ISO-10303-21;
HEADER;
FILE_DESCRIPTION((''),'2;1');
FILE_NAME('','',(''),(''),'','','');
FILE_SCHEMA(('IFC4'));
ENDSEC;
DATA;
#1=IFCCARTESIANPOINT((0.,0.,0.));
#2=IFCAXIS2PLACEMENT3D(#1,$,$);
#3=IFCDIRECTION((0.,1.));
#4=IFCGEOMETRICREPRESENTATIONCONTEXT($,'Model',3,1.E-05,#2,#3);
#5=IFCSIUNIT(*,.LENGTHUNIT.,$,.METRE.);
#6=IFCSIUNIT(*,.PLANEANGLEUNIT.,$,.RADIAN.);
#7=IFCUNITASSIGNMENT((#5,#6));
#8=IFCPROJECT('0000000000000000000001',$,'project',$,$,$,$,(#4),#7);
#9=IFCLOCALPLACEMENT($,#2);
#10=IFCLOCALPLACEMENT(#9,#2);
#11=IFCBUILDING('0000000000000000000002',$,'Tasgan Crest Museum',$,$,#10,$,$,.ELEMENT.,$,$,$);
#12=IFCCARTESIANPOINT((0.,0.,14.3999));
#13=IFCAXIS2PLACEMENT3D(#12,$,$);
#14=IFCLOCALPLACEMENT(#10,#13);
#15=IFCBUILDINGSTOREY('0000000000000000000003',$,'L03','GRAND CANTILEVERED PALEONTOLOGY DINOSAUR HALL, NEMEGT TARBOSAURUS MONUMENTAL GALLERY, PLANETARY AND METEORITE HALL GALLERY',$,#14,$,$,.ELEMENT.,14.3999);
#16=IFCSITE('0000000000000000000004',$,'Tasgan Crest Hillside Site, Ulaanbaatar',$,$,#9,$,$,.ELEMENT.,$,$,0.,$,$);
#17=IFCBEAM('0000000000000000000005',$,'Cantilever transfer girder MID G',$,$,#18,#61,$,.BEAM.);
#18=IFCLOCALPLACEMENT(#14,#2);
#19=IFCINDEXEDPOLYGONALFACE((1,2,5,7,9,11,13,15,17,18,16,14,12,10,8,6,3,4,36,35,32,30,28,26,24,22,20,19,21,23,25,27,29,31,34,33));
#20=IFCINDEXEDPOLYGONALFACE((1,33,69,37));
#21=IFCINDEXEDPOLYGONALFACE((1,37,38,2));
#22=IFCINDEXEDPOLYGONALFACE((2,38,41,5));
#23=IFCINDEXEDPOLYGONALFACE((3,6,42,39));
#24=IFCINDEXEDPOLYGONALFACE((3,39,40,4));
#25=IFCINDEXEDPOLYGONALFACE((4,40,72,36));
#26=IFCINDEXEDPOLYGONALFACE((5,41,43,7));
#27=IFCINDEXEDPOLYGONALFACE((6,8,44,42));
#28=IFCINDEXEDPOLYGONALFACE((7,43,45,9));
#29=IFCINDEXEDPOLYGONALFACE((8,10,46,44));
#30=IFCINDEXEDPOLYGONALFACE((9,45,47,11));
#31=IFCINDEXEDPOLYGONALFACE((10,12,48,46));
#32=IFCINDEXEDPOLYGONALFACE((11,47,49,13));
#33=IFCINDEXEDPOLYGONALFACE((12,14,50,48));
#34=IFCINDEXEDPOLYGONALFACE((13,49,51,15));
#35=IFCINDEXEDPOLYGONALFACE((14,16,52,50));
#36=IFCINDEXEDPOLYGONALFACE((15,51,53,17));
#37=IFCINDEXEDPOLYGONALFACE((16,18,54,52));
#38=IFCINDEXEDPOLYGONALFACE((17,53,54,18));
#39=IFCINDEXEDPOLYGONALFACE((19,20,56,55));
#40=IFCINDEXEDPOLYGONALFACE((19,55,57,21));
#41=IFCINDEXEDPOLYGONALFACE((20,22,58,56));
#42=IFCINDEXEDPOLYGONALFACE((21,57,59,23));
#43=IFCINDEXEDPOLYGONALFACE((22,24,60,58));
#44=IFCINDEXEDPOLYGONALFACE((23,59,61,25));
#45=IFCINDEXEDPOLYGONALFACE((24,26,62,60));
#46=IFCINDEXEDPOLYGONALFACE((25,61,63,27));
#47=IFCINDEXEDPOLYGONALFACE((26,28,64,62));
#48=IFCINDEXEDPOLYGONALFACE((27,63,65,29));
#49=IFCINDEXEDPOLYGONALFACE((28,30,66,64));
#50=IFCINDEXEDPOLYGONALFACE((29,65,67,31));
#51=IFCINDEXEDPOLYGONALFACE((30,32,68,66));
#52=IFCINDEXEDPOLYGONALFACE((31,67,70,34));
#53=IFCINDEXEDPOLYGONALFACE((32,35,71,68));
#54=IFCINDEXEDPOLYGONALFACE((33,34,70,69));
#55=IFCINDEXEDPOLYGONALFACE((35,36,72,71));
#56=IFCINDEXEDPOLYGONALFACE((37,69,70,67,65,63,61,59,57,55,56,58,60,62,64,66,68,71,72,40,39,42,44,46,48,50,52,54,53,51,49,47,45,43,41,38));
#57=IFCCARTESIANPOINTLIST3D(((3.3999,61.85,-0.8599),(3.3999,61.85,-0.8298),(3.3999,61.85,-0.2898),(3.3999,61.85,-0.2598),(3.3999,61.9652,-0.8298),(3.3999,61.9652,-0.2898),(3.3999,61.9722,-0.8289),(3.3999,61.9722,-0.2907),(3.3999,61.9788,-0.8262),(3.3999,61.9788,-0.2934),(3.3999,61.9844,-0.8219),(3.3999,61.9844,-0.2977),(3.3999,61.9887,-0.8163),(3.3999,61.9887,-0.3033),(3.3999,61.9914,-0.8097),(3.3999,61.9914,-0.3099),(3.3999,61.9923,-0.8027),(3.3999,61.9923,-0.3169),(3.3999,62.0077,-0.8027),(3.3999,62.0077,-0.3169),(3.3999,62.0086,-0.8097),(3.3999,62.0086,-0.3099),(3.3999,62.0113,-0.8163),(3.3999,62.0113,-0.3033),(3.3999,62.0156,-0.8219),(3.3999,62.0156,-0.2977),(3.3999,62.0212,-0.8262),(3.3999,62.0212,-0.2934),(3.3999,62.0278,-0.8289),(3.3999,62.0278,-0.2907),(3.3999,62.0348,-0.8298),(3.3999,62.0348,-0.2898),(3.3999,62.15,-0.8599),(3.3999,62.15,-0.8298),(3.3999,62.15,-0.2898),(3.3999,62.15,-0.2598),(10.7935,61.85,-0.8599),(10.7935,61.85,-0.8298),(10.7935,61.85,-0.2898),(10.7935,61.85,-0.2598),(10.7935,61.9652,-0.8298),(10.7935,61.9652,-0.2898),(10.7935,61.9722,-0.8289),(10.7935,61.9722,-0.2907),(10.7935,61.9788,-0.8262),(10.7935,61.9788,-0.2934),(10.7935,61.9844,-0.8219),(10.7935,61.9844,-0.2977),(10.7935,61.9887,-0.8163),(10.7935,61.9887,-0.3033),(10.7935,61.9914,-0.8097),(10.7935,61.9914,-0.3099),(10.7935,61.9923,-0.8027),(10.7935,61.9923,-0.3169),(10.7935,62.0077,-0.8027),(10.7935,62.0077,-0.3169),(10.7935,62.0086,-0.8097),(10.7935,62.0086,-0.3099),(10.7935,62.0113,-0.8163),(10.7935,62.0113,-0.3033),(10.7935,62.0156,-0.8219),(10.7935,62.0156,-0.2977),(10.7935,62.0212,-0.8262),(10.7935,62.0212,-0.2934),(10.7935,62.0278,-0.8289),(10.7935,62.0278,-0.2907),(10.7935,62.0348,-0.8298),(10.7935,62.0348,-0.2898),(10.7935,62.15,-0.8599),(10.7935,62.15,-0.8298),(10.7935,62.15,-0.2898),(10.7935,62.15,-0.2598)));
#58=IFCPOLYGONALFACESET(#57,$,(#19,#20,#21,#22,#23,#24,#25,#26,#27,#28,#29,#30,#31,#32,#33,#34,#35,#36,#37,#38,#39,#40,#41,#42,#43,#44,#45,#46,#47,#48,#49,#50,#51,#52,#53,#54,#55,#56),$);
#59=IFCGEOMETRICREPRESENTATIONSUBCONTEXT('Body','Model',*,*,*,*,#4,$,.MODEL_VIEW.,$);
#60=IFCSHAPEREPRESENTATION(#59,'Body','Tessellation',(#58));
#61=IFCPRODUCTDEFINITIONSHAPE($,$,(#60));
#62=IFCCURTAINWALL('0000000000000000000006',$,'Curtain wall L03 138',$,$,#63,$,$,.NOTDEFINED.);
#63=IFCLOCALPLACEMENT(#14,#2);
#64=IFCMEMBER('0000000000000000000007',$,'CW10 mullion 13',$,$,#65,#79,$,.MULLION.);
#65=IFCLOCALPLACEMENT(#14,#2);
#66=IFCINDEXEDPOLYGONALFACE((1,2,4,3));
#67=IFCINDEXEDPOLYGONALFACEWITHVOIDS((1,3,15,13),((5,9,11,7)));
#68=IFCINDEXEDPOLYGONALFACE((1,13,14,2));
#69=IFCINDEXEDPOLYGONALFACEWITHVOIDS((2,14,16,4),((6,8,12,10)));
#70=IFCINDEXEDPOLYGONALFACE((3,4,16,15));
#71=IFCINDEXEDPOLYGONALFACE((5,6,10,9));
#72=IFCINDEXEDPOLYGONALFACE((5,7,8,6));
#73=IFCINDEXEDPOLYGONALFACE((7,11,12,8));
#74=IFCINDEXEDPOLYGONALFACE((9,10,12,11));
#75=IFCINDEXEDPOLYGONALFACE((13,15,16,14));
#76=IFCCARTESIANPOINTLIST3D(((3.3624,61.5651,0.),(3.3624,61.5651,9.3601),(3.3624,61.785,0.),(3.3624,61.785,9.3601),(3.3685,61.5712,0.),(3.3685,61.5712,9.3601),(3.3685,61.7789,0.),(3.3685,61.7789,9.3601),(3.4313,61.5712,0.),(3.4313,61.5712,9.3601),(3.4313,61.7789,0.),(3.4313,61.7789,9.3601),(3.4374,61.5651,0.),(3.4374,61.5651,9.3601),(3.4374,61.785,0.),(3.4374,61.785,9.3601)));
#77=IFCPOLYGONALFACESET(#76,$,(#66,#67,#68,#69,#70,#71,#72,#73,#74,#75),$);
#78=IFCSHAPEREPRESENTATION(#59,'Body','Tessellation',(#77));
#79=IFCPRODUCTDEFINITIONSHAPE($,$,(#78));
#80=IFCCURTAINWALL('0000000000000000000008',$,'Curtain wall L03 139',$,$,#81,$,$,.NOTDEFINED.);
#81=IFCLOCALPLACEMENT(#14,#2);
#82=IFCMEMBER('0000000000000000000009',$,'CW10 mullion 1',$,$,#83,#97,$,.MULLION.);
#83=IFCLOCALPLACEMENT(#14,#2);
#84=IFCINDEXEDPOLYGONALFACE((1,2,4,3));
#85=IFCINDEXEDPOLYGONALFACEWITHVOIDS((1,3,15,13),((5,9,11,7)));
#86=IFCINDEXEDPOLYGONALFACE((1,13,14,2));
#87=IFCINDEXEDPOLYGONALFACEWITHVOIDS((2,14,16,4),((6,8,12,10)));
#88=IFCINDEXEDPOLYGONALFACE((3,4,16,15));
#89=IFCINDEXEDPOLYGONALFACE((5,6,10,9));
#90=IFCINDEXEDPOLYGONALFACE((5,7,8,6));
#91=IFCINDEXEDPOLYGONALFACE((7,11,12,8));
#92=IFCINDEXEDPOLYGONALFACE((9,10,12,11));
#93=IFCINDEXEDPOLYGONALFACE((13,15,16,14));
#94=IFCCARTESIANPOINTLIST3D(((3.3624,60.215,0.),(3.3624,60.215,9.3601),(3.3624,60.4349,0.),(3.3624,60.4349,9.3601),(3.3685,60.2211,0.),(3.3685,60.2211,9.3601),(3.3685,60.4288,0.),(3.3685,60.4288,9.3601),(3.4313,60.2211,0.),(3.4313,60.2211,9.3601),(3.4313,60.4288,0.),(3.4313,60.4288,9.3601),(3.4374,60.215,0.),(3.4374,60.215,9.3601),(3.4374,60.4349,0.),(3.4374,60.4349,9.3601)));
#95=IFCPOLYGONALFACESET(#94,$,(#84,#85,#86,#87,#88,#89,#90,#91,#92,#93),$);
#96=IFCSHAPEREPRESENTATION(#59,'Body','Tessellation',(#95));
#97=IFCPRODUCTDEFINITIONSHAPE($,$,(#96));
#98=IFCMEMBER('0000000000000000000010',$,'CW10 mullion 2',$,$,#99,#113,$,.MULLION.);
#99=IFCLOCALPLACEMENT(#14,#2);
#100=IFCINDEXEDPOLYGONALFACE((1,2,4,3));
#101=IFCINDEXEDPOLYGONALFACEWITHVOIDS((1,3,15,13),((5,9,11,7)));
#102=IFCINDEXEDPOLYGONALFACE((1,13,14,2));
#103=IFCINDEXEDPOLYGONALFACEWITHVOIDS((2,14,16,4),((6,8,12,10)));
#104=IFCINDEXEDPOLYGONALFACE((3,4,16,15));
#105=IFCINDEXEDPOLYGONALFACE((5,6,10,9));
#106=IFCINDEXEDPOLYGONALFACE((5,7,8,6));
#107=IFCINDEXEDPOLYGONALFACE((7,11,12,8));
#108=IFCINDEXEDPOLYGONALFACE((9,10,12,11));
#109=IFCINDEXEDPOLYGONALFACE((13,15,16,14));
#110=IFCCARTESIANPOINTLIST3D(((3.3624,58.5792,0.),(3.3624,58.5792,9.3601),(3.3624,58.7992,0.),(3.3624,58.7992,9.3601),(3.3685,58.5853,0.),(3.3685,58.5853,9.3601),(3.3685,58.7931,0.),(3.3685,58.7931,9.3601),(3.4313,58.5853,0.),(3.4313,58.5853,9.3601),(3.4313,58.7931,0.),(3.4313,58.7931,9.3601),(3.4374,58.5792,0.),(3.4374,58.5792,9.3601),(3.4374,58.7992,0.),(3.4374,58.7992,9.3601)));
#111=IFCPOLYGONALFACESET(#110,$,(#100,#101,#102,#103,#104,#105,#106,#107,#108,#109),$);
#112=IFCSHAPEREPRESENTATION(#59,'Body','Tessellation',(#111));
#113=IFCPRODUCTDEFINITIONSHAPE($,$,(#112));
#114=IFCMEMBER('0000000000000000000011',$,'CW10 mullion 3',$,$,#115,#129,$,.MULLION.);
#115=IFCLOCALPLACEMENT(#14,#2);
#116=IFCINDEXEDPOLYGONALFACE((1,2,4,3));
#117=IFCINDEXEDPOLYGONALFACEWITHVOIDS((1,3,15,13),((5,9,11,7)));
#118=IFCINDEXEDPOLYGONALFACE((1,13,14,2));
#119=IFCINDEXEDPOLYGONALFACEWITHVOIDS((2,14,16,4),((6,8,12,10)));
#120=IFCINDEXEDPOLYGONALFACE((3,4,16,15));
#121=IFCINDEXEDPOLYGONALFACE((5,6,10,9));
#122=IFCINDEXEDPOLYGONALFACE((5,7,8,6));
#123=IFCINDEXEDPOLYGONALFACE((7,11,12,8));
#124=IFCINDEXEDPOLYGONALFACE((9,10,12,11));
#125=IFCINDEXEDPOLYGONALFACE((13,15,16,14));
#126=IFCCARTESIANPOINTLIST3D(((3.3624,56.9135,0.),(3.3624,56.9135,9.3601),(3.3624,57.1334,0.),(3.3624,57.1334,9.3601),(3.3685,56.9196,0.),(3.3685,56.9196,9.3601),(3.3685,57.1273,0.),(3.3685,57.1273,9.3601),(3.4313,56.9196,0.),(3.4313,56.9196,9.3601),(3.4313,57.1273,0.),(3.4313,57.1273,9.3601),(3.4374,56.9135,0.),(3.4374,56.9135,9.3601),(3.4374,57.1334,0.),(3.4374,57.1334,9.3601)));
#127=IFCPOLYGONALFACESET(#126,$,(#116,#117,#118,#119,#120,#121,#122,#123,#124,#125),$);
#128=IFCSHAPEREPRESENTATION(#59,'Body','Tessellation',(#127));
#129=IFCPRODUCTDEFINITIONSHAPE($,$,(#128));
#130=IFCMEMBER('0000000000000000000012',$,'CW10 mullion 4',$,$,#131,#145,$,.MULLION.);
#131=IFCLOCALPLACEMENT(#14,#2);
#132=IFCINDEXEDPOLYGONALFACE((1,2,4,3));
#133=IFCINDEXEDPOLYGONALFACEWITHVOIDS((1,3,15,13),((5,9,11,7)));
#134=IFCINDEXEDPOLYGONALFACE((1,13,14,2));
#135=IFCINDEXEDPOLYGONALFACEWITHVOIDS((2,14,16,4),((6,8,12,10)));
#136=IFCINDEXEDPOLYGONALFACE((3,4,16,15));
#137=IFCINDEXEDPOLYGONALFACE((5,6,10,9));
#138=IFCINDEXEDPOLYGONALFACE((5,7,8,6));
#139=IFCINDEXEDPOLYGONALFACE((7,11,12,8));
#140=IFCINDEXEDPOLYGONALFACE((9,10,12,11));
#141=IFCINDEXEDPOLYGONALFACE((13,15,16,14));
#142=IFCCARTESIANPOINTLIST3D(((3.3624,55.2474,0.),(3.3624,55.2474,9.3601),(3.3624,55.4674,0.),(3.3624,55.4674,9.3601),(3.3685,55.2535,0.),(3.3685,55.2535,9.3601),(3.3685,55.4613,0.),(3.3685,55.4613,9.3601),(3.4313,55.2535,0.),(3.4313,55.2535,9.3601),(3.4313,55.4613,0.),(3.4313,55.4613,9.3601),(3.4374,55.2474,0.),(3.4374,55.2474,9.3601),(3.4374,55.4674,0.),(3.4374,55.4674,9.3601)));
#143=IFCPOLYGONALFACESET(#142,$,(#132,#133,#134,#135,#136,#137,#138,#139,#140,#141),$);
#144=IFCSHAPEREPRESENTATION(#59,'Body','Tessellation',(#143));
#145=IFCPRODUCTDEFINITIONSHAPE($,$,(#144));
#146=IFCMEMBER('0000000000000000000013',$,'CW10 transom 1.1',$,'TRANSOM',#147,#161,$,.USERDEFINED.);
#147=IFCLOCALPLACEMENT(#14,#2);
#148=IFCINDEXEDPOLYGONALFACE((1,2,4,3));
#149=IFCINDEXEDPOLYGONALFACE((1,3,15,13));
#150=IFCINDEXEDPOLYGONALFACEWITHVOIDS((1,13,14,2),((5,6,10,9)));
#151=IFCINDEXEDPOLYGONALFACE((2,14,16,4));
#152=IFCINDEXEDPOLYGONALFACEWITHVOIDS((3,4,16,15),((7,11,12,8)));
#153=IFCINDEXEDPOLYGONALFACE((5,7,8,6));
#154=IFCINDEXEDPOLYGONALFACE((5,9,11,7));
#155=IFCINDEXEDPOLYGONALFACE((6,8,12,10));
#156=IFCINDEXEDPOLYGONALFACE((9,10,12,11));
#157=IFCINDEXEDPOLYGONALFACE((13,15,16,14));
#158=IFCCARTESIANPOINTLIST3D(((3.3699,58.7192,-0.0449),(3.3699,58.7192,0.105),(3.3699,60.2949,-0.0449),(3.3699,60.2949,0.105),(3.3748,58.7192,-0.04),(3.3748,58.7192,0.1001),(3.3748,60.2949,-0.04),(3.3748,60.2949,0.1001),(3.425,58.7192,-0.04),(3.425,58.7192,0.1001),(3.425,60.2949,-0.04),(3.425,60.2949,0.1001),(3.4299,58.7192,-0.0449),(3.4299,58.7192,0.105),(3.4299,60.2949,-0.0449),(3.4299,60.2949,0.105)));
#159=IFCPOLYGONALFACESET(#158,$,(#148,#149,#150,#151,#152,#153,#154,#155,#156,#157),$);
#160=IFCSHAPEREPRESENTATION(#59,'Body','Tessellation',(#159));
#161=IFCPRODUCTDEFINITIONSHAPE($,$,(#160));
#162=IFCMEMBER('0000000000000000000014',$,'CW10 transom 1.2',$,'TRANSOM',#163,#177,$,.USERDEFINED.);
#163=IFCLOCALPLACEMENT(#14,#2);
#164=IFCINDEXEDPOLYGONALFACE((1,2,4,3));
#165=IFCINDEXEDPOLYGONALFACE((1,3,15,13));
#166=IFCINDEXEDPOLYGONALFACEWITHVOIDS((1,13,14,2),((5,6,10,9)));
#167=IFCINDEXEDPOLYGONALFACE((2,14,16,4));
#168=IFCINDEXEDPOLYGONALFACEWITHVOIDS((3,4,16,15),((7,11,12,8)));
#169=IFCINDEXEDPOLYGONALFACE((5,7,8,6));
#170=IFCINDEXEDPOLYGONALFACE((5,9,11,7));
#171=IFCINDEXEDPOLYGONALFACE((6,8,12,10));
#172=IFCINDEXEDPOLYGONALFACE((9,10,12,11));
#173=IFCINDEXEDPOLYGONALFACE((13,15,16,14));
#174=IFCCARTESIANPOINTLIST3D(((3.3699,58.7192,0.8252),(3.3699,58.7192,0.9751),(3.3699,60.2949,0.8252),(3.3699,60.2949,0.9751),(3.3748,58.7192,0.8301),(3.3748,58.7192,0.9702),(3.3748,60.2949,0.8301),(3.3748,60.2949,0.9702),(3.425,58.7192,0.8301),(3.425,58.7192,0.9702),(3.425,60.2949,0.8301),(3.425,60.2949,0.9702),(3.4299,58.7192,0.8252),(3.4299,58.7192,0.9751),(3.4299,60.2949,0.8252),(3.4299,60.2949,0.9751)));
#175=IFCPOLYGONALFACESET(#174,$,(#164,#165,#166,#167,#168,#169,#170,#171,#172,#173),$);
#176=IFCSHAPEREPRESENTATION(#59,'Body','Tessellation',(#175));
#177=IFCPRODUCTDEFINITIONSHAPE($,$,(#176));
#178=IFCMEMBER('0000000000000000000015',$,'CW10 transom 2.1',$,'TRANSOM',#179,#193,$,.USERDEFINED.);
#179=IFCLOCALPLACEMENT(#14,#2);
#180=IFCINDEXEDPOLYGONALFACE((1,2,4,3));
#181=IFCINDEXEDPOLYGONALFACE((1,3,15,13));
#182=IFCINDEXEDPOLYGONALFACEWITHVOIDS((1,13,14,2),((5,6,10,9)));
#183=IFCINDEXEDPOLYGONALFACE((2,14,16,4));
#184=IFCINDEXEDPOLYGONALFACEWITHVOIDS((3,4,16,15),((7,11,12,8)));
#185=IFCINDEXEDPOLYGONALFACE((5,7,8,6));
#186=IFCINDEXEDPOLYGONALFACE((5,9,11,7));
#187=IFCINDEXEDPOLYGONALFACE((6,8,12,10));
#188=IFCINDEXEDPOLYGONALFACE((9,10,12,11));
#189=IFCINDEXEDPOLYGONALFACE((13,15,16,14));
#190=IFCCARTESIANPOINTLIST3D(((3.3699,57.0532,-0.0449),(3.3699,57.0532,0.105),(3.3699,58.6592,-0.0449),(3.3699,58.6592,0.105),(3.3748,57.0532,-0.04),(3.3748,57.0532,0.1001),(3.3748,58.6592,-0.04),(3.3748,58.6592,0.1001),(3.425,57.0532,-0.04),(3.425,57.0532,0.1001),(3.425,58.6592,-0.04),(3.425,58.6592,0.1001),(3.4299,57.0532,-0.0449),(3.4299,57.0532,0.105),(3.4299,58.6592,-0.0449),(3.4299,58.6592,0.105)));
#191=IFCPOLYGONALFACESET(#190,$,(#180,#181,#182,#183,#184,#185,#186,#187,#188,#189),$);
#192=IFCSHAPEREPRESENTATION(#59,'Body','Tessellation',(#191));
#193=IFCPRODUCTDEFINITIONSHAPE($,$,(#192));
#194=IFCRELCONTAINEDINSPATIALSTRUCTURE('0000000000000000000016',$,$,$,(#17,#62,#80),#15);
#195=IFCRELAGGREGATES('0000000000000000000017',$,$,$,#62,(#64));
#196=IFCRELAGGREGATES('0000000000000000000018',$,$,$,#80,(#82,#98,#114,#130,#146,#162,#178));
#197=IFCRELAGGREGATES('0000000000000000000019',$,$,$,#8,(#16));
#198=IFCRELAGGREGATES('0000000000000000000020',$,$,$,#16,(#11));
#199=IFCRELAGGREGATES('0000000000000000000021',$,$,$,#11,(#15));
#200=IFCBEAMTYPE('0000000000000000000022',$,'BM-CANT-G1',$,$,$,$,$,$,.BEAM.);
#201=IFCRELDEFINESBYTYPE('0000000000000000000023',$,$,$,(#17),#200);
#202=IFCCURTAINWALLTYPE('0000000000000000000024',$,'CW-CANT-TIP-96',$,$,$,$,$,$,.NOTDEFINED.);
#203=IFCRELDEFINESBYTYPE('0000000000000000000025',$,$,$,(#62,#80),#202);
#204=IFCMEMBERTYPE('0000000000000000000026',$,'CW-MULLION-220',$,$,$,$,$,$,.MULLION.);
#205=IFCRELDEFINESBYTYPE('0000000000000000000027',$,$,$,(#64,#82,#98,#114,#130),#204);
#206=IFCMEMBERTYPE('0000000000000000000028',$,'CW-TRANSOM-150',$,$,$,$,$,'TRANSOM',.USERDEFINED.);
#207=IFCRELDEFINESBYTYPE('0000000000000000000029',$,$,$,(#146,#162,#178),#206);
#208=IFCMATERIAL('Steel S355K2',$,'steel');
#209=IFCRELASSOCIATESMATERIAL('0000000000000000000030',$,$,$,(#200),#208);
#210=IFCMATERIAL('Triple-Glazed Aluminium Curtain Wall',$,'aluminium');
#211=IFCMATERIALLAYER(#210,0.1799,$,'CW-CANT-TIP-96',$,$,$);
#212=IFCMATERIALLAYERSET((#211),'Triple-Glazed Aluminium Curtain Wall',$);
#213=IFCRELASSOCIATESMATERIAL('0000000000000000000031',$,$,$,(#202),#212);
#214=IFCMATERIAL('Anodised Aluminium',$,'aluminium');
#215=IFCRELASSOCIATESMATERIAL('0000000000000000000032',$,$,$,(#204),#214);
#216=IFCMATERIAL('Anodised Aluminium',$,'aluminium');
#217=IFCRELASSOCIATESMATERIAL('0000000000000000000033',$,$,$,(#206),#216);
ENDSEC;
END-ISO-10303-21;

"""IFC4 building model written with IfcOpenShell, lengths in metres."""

from ifc_helpers import new_model, si_unit, direction, frame, origin, origin_2d, place, context, subcontext, project, spatial, hollow_rectangle, i_section, extrude, material, layer, layer_set, material_profile, profile_set, type_object, element, aggregate, save


model = new_model("IFC4")

# Units and contexts
model_context = context("Model", 3, precision=1e-05, world=origin(), true_north=direction((0.0, 1.0)))
body_context = subcontext(model_context, "Body", "Model", "MODEL_VIEW")
ifc_project = project(units=[si_unit("LENGTHUNIT", "METRE"), si_unit("PLANEANGLEUNIT", "RADIAN")], contexts=[model_context])

# Site, building, storey
site_placement = place(None, origin())
site = spatial("IfcSite", under=ifc_project, at=site_placement, Name="Tasgan Crest Hillside Site, Ulaanbaatar", CompositionType="ELEMENT", RefElevation=0.0)
building_placement = place(site_placement, origin())
building = spatial("IfcBuilding", under=site, at=building_placement, Name="Tasgan Crest Museum", CompositionType="ELEMENT")
storey_placement = place(building_placement, frame((0.0, 0.0, 14.3999)))
storey = spatial("IfcBuildingStorey", under=building, at=storey_placement, Name="L03", Description="GRAND CANTILEVERED PALEONTOLOGY DINOSAUR HALL, NEMEGT TARBOSAURUS MONUMENTAL GALLERY, PLANETARY AND METEORITE HALL GALLERY", CompositionType="ELEMENT", Elevation=14.3999)

# Beam
ifc_material_1 = material(Name="Steel S355K2", Category="steel")
ifc_material_profile_1 = material_profile(ifc_material_1, i_section(OverallWidth=0.3, OverallDepth=0.6001, WebThickness=0.0154, FlangeThickness=0.03, FilletRadius=0.0271, at=origin_2d()), Name="HEB 600")
ifc_profile_set_1 = profile_set([ifc_material_profile_1], Name="Steel S355K2")
beam_type = type_object("IfcBeamType", Name="BM-CANT-G1", PredefinedType="BEAM", material=ifc_profile_set_1)
beam_placement = place(storey_placement, frame((3.3999, 62.0, -0.5598), z_axis=(1.0, 0.0, 0.0), x_axis=(0.0, 1.0, 0.0)))
element("IfcBeam", 1, at=beam_placement, inside=storey, type_object=beam_type, Name="Cantilever transfer girder MID G", PredefinedType="BEAM", context=body_context, shape_type="SweptSolid", body=[
    extrude(i_section(OverallWidth=0.3, OverallDepth=0.6001, WebThickness=0.0154, FlangeThickness=0.03, FilletRadius=0.0271, at=origin_2d()), origin(), (0.0, 0.0, 1.0), 7.3936),
])

# Curtain wall, member
ifc_material_2 = material(Name="Triple-Glazed Aluminium Curtain Wall", Category="aluminium")
ifc_layer_1 = layer(ifc_material_2, 0.1799, Name="CW-CANT-TIP-96")
ifc_layer_set_1 = layer_set([ifc_layer_1], Name="Triple-Glazed Aluminium Curtain Wall")
curtain_wall_type = type_object("IfcCurtainWallType", Name="CW-CANT-TIP-96", PredefinedType="NOTDEFINED", material=ifc_layer_set_1)
curtain_wall_1_placement = place(storey_placement, origin())
curtain_wall_1 = element("IfcCurtainWall", 2, at=curtain_wall_1_placement, inside=storey, type_object=curtain_wall_type, Name="Curtain wall L03 138", PredefinedType="NOTDEFINED")
ifc_material_3 = material(Name="Anodised Aluminium", Category="aluminium")
ifc_material_profile_2 = material_profile(ifc_material_3, hollow_rectangle(XDim=0.075, YDim=0.22, WallThickness=0.0061, at=origin_2d()), Name="ALU MULLION 220x75x6")
ifc_profile_set_2 = profile_set([ifc_material_profile_2], Name="Anodised Aluminium")
member_type_1 = type_object("IfcMemberType", Name="CW-MULLION-220", PredefinedType="MULLION", material=ifc_profile_set_2)
member_1_placement = place(storey_placement, frame((3.3999, 61.675, 0.0), z_axis=(0.0, 0.0, 1.0), x_axis=(1.0, 0.0, 0.0)))
member_1 = element("IfcMember", 3, at=member_1_placement, type_object=member_type_1, Name="CW10 mullion 13", PredefinedType="MULLION", context=body_context, shape_type="SweptSolid", body=[
    extrude(hollow_rectangle(XDim=0.075, YDim=0.22, WallThickness=0.0061, at=origin_2d()), origin(), (0.0, 0.0, 1.0), 9.3601),
])
aggregate(curtain_wall_1, [member_1])

# Curtain wall, members
curtain_wall_2_placement = place(storey_placement, origin())
curtain_wall_2 = element("IfcCurtainWall", 4, at=curtain_wall_2_placement, inside=storey, type_object=curtain_wall_type, Name="Curtain wall L03 139", PredefinedType="NOTDEFINED")
member_2_placement = place(storey_placement, frame((3.3999, 60.325, 0.0), z_axis=(0.0, 0.0, 1.0), x_axis=(1.0, 0.0, 0.0)))
member_2 = element("IfcMember", 5, at=member_2_placement, type_object=member_type_1, Name="CW10 mullion 1", PredefinedType="MULLION", context=body_context, shape_type="SweptSolid", body=[
    extrude(hollow_rectangle(XDim=0.075, YDim=0.22, WallThickness=0.0061, at=origin_2d()), origin(), (0.0, 0.0, 1.0), 9.3601),
])
member_3_placement = place(storey_placement, frame((3.3999, 58.6892, 0.0), z_axis=(0.0, 0.0, 1.0), x_axis=(1.0, 0.0, 0.0)))
member_3 = element("IfcMember", 6, at=member_3_placement, type_object=member_type_1, Name="CW10 mullion 2", PredefinedType="MULLION", context=body_context, shape_type="SweptSolid", body=[
    extrude(hollow_rectangle(XDim=0.075, YDim=0.22, WallThickness=0.0061, at=origin_2d()), origin(), (0.0, 0.0, 1.0), 9.3601),
])
member_4_placement = place(storey_placement, frame((3.3999, 57.0234, 0.0), z_axis=(0.0, 0.0, 1.0), x_axis=(1.0, 0.0, 0.0)))
member_4 = element("IfcMember", 7, at=member_4_placement, type_object=member_type_1, Name="CW10 mullion 3", PredefinedType="MULLION", context=body_context, shape_type="SweptSolid", body=[
    extrude(hollow_rectangle(XDim=0.075, YDim=0.22, WallThickness=0.0061, at=origin_2d()), origin(), (0.0, 0.0, 1.0), 9.3601),
])
member_5_placement = place(storey_placement, frame((3.3999, 55.3574, 0.0), z_axis=(0.0, 0.0, 1.0), x_axis=(1.0, 0.0, 0.0)))
member_5 = element("IfcMember", 8, at=member_5_placement, type_object=member_type_1, Name="CW10 mullion 4", PredefinedType="MULLION", context=body_context, shape_type="SweptSolid", body=[
    extrude(hollow_rectangle(XDim=0.075, YDim=0.22, WallThickness=0.0061, at=origin_2d()), origin(), (0.0, 0.0, 1.0), 9.3601),
])
ifc_material_4 = material(Name="Anodised Aluminium", Category="aluminium")
ifc_material_profile_3 = material_profile(ifc_material_4, hollow_rectangle(XDim=0.0601, YDim=0.1499, WallThickness=0.0049, at=origin_2d()), Name="ALU TRANSOM 150x60x5")
ifc_profile_set_3 = profile_set([ifc_material_profile_3], Name="Anodised Aluminium")
member_type_2 = type_object("IfcMemberType", Name="CW-TRANSOM-150", ElementType="TRANSOM", PredefinedType="USERDEFINED", material=ifc_profile_set_3)
member_6_placement = place(storey_placement, frame((3.3999, 60.2949, 0.03), z_axis=(0.0, -1.0, 0.0), x_axis=(1.0, 0.0, 0.0)))
member_6 = element("IfcMember", 9, at=member_6_placement, type_object=member_type_2, Name="CW10 transom 1.1", ObjectType="TRANSOM", PredefinedType="USERDEFINED", context=body_context, shape_type="SweptSolid", body=[
    extrude(hollow_rectangle(XDim=0.0601, YDim=0.1499, WallThickness=0.0049, at=origin_2d()), origin(), (0.0, 0.0, 1.0), 1.5757),
])
member_7_placement = place(storey_placement, frame((3.3999, 60.2949, 0.9001), z_axis=(0.0, -1.0, 0.0), x_axis=(1.0, 0.0, 0.0)))
member_7 = element("IfcMember", 10, at=member_7_placement, type_object=member_type_2, Name="CW10 transom 1.2", ObjectType="TRANSOM", PredefinedType="USERDEFINED", context=body_context, shape_type="SweptSolid", body=[
    extrude(hollow_rectangle(XDim=0.0601, YDim=0.1499, WallThickness=0.0049, at=origin_2d()), origin(), (0.0, 0.0, 1.0), 1.5757),
])
member_8_placement = place(storey_placement, frame((3.3999, 58.6592, 0.03), z_axis=(0.0, -1.0, 0.0), x_axis=(1.0, 0.0, 0.0)))
member_8 = element("IfcMember", 11, at=member_8_placement, type_object=member_type_2, Name="CW10 transom 2.1", ObjectType="TRANSOM", PredefinedType="USERDEFINED", context=body_context, shape_type="SweptSolid", body=[
    extrude(hollow_rectangle(XDim=0.0601, YDim=0.1499, WallThickness=0.0049, at=origin_2d()), origin(), (0.0, 0.0, 1.0), 1.606),
])
aggregate(curtain_wall_2, [member_2, member_3, member_4, member_5, member_6, member_7, member_8])

save(model, "model.ifc")
